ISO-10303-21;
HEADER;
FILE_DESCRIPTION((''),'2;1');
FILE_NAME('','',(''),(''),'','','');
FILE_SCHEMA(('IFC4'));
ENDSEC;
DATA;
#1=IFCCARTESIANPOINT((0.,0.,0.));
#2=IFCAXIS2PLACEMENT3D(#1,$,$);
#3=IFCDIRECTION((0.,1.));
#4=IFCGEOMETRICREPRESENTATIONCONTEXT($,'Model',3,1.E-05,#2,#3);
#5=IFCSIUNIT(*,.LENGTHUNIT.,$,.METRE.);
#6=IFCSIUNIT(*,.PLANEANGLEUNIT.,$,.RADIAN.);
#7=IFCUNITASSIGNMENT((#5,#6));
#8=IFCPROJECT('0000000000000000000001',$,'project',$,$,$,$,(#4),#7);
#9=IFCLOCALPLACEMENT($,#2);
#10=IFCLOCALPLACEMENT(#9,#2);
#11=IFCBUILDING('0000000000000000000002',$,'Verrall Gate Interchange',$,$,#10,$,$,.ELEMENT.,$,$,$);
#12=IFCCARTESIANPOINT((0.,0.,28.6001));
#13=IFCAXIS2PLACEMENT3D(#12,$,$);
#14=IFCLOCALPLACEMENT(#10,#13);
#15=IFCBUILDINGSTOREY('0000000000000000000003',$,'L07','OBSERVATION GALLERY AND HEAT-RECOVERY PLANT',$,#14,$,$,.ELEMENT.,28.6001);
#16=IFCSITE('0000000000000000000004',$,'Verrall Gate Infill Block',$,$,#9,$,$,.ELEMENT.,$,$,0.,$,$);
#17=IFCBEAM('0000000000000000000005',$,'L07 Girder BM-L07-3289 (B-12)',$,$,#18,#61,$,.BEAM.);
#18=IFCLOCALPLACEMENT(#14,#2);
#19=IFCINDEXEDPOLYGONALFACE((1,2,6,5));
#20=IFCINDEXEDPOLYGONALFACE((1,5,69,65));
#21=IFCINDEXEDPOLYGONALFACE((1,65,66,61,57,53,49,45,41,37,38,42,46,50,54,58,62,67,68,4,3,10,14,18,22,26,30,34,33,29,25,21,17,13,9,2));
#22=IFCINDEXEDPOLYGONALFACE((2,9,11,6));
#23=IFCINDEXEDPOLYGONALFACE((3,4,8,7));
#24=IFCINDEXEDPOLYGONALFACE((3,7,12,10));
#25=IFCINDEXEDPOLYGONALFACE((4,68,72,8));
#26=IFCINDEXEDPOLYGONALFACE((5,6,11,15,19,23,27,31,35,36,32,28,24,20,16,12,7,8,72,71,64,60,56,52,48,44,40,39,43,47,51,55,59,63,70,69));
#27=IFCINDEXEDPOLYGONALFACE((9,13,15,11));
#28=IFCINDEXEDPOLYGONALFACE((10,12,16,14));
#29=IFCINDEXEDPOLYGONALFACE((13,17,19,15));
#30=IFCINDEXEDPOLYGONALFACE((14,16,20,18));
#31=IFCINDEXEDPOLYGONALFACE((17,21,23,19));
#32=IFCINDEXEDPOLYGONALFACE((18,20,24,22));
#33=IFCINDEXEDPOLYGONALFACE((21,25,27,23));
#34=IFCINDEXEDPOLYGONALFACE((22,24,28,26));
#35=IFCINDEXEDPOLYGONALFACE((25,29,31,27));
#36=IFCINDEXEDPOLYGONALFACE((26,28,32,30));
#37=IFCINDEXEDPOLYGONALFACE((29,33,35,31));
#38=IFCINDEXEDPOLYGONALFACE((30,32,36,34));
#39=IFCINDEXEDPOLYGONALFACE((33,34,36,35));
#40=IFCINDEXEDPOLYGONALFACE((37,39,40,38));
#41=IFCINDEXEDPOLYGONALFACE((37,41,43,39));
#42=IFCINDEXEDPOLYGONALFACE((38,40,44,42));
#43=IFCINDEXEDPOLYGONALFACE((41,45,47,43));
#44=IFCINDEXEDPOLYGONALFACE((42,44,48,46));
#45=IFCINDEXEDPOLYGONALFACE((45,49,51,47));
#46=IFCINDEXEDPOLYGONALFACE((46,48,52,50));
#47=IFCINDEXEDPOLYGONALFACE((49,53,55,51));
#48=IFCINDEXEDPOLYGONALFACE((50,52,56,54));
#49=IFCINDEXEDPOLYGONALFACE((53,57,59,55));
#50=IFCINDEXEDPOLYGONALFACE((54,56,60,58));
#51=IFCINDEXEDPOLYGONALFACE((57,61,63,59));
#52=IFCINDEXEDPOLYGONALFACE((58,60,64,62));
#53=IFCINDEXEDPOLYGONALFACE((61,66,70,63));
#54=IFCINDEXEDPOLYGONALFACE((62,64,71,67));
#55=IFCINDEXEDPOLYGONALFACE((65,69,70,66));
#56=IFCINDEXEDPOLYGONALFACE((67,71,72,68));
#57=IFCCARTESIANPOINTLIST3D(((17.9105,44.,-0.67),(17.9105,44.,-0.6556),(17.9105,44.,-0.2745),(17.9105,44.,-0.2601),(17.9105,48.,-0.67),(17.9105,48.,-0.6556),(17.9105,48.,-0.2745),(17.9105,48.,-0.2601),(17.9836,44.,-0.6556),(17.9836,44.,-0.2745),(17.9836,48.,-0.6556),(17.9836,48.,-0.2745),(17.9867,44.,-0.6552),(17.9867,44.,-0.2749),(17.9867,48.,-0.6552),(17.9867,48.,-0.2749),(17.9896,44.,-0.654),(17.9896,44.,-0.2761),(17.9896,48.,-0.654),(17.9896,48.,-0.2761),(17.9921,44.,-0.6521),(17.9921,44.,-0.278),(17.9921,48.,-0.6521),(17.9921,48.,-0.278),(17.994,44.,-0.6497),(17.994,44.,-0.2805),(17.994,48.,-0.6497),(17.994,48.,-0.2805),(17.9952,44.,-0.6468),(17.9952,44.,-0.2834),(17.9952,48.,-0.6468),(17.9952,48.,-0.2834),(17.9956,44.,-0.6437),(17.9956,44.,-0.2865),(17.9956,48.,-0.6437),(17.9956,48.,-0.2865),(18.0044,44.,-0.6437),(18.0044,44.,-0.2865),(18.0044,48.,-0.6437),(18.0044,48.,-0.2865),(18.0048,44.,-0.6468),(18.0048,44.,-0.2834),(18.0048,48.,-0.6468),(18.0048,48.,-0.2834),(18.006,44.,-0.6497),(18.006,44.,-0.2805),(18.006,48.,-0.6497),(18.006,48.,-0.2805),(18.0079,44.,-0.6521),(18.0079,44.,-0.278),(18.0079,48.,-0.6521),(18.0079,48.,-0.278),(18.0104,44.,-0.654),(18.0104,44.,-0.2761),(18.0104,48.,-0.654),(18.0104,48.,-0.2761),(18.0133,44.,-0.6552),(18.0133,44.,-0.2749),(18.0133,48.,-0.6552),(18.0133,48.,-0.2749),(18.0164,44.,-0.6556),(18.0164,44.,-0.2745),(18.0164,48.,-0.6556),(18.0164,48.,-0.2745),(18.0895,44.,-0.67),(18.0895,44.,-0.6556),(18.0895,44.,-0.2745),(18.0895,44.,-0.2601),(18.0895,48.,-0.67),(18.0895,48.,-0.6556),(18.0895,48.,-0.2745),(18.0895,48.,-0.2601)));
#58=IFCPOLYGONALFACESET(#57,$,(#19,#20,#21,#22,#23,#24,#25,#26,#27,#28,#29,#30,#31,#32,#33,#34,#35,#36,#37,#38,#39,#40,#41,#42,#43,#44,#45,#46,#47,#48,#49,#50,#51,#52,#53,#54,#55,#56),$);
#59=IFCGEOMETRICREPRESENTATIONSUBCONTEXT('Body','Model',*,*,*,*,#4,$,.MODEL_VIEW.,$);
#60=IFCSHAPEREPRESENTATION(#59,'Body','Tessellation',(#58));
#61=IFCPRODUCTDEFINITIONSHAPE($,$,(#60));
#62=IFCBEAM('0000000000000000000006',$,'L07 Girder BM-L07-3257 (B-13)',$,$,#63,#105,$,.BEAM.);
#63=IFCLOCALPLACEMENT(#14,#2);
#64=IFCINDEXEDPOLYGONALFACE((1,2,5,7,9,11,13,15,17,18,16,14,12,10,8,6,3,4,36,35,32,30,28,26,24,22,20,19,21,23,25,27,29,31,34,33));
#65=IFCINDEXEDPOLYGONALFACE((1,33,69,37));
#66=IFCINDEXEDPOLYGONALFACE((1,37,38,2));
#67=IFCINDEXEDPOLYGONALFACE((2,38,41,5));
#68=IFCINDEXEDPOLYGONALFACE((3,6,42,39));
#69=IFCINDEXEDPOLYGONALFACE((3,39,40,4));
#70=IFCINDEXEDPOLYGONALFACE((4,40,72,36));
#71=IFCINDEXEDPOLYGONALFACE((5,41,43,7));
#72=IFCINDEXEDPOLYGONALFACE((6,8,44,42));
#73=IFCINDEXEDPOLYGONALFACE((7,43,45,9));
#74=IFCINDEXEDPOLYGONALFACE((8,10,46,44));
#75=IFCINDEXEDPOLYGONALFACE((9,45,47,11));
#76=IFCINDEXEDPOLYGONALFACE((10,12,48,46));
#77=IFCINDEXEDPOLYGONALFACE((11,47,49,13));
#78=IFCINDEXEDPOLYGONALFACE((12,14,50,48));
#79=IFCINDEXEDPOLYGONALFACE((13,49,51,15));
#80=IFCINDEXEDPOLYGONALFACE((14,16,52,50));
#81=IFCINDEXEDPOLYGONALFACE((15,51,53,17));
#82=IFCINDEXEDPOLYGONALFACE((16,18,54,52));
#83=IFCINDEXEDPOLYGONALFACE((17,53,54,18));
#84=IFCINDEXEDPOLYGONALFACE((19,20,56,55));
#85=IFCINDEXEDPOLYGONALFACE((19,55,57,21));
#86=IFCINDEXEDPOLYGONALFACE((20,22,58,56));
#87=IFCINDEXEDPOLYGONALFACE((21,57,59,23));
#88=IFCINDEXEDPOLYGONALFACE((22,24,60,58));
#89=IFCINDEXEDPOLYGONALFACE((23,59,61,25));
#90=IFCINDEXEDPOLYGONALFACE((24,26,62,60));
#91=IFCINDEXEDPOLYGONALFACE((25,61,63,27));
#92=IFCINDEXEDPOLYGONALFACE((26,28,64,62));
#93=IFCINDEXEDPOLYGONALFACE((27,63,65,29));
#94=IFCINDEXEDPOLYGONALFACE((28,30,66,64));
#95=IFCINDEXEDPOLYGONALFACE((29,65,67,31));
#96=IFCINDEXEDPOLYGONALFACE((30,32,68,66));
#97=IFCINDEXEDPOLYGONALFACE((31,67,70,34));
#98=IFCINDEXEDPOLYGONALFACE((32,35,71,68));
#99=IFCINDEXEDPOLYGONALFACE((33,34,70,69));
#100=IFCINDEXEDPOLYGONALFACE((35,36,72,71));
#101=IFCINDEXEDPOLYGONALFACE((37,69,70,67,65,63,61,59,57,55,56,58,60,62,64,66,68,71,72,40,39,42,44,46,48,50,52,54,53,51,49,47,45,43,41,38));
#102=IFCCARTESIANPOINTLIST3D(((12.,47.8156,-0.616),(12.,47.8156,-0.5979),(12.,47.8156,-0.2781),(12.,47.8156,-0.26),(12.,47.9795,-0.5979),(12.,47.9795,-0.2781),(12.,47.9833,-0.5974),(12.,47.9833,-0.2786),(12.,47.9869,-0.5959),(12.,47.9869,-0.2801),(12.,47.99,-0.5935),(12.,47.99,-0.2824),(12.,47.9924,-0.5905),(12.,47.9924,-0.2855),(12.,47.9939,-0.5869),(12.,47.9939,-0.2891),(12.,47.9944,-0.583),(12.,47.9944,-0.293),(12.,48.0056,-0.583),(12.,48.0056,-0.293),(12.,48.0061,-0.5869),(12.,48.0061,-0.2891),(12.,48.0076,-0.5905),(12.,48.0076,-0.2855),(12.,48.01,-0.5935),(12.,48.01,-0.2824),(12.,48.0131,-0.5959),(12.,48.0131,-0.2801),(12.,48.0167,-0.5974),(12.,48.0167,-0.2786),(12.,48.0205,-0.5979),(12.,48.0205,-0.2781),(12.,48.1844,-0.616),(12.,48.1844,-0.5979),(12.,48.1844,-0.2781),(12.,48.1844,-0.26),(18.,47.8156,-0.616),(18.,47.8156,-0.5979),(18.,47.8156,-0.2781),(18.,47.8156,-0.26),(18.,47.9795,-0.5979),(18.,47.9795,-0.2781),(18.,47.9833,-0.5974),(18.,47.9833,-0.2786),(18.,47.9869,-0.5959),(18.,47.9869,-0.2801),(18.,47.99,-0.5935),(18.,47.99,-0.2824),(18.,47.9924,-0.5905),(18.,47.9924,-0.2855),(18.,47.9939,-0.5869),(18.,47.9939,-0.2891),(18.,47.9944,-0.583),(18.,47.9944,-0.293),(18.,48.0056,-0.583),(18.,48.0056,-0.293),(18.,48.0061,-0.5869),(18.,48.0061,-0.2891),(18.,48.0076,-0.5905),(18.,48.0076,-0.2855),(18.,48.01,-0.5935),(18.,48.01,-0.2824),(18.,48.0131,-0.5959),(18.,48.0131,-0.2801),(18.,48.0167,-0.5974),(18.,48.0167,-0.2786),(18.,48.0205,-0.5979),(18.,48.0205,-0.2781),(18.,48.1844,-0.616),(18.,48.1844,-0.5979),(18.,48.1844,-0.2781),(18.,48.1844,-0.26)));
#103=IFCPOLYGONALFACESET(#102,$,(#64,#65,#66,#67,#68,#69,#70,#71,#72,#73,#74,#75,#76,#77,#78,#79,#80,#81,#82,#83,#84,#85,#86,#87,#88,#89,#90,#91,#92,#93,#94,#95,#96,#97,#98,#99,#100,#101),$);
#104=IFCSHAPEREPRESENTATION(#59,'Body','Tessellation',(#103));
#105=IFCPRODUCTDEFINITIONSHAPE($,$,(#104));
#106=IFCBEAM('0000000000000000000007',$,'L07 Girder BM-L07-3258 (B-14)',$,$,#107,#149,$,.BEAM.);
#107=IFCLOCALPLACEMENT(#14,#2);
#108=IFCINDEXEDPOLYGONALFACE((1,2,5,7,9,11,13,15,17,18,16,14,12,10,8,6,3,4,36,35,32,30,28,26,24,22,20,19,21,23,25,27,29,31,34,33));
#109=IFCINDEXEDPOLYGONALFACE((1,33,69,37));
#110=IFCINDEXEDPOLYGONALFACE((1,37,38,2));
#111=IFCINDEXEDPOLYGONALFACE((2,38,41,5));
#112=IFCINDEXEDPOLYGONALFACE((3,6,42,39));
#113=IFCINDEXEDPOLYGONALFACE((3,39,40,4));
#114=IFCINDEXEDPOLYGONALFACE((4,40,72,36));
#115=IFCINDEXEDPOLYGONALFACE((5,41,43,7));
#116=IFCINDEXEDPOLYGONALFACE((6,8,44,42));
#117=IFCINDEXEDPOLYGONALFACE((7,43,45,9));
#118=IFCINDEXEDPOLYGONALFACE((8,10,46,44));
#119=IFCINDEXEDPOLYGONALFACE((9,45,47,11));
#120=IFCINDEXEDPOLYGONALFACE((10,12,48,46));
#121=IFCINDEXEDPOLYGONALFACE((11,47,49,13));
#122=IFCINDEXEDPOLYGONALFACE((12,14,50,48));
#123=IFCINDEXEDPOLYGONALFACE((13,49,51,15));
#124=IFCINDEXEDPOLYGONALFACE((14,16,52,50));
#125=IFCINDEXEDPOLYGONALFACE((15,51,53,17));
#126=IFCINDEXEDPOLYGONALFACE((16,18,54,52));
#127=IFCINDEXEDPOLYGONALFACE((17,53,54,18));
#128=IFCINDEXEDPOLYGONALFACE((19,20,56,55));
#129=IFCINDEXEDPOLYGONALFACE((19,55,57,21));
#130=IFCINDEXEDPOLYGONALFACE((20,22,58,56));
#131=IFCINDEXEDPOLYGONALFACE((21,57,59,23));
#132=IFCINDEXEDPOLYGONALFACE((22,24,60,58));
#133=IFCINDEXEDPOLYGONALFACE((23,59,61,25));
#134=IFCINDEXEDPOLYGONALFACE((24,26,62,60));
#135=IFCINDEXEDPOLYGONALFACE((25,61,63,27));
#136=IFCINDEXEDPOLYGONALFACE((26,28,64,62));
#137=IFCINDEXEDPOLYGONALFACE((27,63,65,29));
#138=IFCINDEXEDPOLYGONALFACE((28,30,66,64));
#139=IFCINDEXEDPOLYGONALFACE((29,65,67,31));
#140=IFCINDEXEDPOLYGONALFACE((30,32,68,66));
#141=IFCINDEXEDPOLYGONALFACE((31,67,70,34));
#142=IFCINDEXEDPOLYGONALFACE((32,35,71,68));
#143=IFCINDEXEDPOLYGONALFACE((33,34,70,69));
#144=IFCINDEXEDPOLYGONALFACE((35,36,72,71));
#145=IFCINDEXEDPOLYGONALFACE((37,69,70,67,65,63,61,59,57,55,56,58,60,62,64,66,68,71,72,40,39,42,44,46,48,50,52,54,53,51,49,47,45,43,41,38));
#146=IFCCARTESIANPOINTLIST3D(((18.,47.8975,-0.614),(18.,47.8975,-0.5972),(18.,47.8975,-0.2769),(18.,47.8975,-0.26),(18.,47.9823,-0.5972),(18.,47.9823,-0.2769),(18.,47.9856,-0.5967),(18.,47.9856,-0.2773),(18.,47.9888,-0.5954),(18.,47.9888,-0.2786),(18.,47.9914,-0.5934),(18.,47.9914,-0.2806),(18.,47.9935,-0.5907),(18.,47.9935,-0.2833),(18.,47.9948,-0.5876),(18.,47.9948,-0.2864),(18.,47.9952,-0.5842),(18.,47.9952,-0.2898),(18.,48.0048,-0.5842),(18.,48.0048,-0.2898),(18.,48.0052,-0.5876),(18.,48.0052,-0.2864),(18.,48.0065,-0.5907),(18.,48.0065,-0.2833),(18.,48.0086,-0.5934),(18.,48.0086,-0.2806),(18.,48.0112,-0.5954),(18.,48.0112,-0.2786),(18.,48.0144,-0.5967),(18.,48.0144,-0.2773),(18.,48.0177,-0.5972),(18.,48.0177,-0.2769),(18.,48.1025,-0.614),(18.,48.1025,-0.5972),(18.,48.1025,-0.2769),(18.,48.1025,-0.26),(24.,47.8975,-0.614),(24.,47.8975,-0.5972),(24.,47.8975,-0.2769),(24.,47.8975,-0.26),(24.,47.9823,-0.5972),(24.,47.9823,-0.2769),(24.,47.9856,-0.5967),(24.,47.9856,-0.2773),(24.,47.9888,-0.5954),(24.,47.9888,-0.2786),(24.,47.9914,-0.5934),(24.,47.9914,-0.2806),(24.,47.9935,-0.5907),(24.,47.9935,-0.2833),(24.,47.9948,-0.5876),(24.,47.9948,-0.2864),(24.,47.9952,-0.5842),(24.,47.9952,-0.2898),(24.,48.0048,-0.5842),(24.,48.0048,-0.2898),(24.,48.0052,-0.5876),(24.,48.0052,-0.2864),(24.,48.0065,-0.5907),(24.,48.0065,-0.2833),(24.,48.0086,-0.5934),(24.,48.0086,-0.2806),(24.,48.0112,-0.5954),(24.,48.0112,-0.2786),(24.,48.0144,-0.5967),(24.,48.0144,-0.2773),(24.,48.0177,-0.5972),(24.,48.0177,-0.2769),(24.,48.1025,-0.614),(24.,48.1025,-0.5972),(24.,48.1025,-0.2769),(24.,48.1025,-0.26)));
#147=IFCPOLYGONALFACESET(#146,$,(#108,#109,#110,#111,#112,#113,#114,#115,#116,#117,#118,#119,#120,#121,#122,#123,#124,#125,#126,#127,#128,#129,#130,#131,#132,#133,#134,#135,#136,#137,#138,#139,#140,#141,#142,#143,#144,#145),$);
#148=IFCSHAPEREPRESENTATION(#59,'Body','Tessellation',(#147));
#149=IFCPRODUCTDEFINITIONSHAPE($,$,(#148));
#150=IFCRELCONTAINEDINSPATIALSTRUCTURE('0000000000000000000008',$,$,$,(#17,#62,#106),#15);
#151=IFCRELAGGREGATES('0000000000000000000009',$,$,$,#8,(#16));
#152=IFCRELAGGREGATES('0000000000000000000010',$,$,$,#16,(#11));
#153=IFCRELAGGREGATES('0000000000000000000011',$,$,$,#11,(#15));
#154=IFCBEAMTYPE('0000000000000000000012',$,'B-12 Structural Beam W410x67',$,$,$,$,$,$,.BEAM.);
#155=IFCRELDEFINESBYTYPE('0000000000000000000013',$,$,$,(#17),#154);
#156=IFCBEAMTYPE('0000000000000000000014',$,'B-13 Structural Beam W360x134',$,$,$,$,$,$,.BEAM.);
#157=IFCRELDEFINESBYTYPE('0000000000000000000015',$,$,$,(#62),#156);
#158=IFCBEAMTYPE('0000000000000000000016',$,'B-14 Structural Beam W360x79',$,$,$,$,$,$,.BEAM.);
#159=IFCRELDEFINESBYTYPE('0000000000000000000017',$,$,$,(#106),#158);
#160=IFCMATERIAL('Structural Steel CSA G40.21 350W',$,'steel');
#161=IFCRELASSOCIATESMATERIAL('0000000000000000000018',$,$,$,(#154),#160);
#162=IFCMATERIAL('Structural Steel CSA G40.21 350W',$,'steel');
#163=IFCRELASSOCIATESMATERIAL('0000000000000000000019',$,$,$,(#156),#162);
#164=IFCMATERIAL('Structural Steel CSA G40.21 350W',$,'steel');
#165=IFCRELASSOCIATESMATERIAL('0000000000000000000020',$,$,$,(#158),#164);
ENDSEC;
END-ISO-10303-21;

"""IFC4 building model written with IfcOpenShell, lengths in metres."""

from ifc_helpers import new_model, si_unit, direction, frame, origin, origin_2d, place, context, subcontext, project, spatial, i_section, extrude, material, material_profile, profile_set, type_object, element, save


model = new_model("IFC4")

# Units and contexts
model_context = context("Model", 3, precision=1e-05, world=origin(), true_north=direction((0.0, 1.0)))
body_context = subcontext(model_context, "Body", "Model", "MODEL_VIEW")
ifc_project = project(units=[si_unit("LENGTHUNIT", "METRE"), si_unit("PLANEANGLEUNIT", "RADIAN")], contexts=[model_context])

# Site, building, storey
site_placement = place(None, origin())
site = spatial("IfcSite", under=ifc_project, at=site_placement, Name="Verrall Gate Infill Block", CompositionType="ELEMENT", RefElevation=0.0)
building_placement = place(site_placement, origin())
building = spatial("IfcBuilding", under=site, at=building_placement, Name="Verrall Gate Interchange", CompositionType="ELEMENT")
storey_placement = place(building_placement, frame((0.0, 0.0, 28.6001)))
storey = spatial("IfcBuildingStorey", under=building, at=storey_placement, Name="L07", Description="OBSERVATION GALLERY AND HEAT-RECOVERY PLANT", CompositionType="ELEMENT", Elevation=28.6001)

# Beams
ifc_material_1 = material(Name="Structural Steel CSA G40.21 350W", Category="steel")
ifc_material_profile_1 = material_profile(ifc_material_1, i_section(OverallWidth=0.179, OverallDepth=0.4099, WebThickness=0.0088, FlangeThickness=0.0144, FilletRadius=0.012, at=origin_2d()), Name="W410x67")
ifc_profile_set_1 = profile_set([ifc_material_profile_1], Name="Structural Steel CSA G40.21 350W")
beam_type_1 = type_object("IfcBeamType", Name="B-12 Structural Beam W410x67", PredefinedType="BEAM", material=ifc_profile_set_1)
beam_1_placement = place(storey_placement, frame((18.0, 44.0, -0.4651), z_axis=(0.0, 1.0, 0.0), x_axis=(-1.0, 0.0, 0.0)))
element("IfcBeam", 1, at=beam_1_placement, inside=storey, type_object=beam_type_1, Name="L07 Girder BM-L07-3289 (B-12)", PredefinedType="BEAM", context=body_context, shape_type="SweptSolid", body=[
    extrude(i_section(OverallWidth=0.179, OverallDepth=0.4099, WebThickness=0.0088, FlangeThickness=0.0144, FilletRadius=0.012, at=origin_2d()), origin(), (0.0, 0.0, 1.0), 4.0),
])
ifc_material_2 = material(Name="Structural Steel CSA G40.21 350W", Category="steel")
ifc_material_profile_2 = material_profile(ifc_material_2, i_section(OverallWidth=0.3689, OverallDepth=0.356, WebThickness=0.0112, FlangeThickness=0.0181, FilletRadius=0.0149, at=origin_2d()), Name="W360x134")
ifc_profile_set_2 = profile_set([ifc_material_profile_2], Name="Structural Steel CSA G40.21 350W")
beam_type_2 = type_object("IfcBeamType", Name="B-13 Structural Beam W360x134", PredefinedType="BEAM", material=ifc_profile_set_2)
beam_2_placement = place(storey_placement, frame((12.0, 48.0, -0.438), z_axis=(1.0, 0.0, 0.0), x_axis=(0.0, 1.0, 0.0)))
element("IfcBeam", 2, at=beam_2_placement, inside=storey, type_object=beam_type_2, Name="L07 Girder BM-L07-3257 (B-13)", PredefinedType="BEAM", context=body_context, shape_type="SweptSolid", body=[
    extrude(i_section(OverallWidth=0.3689, OverallDepth=0.356, WebThickness=0.0112, FlangeThickness=0.0181, FilletRadius=0.0149, at=origin_2d()), origin(), (0.0, 0.0, 1.0), 6.0),
])
ifc_material_3 = material(Name="Structural Steel CSA G40.21 350W", Category="steel")
ifc_material_profile_3 = material_profile(ifc_material_3, i_section(OverallWidth=0.2051, OverallDepth=0.354, WebThickness=0.0095, FlangeThickness=0.0168, FilletRadius=0.0129, at=origin_2d()), Name="W360x79")
ifc_profile_set_3 = profile_set([ifc_material_profile_3], Name="Structural Steel CSA G40.21 350W")
beam_type_3 = type_object("IfcBeamType", Name="B-14 Structural Beam W360x79", PredefinedType="BEAM", material=ifc_profile_set_3)
beam_3_placement = place(storey_placement, frame((18.0, 48.0, -0.437), z_axis=(1.0, 0.0, 0.0), x_axis=(0.0, 1.0, 0.0)))
element("IfcBeam", 3, at=beam_3_placement, inside=storey, type_object=beam_type_3, Name="L07 Girder BM-L07-3258 (B-14)", PredefinedType="BEAM", context=body_context, shape_type="SweptSolid", body=[
    extrude(i_section(OverallWidth=0.2051, OverallDepth=0.354, WebThickness=0.0095, FlangeThickness=0.0168, FilletRadius=0.0129, at=origin_2d()), origin(), (0.0, 0.0, 1.0), 6.0),
])

save(model, "model.ifc")
